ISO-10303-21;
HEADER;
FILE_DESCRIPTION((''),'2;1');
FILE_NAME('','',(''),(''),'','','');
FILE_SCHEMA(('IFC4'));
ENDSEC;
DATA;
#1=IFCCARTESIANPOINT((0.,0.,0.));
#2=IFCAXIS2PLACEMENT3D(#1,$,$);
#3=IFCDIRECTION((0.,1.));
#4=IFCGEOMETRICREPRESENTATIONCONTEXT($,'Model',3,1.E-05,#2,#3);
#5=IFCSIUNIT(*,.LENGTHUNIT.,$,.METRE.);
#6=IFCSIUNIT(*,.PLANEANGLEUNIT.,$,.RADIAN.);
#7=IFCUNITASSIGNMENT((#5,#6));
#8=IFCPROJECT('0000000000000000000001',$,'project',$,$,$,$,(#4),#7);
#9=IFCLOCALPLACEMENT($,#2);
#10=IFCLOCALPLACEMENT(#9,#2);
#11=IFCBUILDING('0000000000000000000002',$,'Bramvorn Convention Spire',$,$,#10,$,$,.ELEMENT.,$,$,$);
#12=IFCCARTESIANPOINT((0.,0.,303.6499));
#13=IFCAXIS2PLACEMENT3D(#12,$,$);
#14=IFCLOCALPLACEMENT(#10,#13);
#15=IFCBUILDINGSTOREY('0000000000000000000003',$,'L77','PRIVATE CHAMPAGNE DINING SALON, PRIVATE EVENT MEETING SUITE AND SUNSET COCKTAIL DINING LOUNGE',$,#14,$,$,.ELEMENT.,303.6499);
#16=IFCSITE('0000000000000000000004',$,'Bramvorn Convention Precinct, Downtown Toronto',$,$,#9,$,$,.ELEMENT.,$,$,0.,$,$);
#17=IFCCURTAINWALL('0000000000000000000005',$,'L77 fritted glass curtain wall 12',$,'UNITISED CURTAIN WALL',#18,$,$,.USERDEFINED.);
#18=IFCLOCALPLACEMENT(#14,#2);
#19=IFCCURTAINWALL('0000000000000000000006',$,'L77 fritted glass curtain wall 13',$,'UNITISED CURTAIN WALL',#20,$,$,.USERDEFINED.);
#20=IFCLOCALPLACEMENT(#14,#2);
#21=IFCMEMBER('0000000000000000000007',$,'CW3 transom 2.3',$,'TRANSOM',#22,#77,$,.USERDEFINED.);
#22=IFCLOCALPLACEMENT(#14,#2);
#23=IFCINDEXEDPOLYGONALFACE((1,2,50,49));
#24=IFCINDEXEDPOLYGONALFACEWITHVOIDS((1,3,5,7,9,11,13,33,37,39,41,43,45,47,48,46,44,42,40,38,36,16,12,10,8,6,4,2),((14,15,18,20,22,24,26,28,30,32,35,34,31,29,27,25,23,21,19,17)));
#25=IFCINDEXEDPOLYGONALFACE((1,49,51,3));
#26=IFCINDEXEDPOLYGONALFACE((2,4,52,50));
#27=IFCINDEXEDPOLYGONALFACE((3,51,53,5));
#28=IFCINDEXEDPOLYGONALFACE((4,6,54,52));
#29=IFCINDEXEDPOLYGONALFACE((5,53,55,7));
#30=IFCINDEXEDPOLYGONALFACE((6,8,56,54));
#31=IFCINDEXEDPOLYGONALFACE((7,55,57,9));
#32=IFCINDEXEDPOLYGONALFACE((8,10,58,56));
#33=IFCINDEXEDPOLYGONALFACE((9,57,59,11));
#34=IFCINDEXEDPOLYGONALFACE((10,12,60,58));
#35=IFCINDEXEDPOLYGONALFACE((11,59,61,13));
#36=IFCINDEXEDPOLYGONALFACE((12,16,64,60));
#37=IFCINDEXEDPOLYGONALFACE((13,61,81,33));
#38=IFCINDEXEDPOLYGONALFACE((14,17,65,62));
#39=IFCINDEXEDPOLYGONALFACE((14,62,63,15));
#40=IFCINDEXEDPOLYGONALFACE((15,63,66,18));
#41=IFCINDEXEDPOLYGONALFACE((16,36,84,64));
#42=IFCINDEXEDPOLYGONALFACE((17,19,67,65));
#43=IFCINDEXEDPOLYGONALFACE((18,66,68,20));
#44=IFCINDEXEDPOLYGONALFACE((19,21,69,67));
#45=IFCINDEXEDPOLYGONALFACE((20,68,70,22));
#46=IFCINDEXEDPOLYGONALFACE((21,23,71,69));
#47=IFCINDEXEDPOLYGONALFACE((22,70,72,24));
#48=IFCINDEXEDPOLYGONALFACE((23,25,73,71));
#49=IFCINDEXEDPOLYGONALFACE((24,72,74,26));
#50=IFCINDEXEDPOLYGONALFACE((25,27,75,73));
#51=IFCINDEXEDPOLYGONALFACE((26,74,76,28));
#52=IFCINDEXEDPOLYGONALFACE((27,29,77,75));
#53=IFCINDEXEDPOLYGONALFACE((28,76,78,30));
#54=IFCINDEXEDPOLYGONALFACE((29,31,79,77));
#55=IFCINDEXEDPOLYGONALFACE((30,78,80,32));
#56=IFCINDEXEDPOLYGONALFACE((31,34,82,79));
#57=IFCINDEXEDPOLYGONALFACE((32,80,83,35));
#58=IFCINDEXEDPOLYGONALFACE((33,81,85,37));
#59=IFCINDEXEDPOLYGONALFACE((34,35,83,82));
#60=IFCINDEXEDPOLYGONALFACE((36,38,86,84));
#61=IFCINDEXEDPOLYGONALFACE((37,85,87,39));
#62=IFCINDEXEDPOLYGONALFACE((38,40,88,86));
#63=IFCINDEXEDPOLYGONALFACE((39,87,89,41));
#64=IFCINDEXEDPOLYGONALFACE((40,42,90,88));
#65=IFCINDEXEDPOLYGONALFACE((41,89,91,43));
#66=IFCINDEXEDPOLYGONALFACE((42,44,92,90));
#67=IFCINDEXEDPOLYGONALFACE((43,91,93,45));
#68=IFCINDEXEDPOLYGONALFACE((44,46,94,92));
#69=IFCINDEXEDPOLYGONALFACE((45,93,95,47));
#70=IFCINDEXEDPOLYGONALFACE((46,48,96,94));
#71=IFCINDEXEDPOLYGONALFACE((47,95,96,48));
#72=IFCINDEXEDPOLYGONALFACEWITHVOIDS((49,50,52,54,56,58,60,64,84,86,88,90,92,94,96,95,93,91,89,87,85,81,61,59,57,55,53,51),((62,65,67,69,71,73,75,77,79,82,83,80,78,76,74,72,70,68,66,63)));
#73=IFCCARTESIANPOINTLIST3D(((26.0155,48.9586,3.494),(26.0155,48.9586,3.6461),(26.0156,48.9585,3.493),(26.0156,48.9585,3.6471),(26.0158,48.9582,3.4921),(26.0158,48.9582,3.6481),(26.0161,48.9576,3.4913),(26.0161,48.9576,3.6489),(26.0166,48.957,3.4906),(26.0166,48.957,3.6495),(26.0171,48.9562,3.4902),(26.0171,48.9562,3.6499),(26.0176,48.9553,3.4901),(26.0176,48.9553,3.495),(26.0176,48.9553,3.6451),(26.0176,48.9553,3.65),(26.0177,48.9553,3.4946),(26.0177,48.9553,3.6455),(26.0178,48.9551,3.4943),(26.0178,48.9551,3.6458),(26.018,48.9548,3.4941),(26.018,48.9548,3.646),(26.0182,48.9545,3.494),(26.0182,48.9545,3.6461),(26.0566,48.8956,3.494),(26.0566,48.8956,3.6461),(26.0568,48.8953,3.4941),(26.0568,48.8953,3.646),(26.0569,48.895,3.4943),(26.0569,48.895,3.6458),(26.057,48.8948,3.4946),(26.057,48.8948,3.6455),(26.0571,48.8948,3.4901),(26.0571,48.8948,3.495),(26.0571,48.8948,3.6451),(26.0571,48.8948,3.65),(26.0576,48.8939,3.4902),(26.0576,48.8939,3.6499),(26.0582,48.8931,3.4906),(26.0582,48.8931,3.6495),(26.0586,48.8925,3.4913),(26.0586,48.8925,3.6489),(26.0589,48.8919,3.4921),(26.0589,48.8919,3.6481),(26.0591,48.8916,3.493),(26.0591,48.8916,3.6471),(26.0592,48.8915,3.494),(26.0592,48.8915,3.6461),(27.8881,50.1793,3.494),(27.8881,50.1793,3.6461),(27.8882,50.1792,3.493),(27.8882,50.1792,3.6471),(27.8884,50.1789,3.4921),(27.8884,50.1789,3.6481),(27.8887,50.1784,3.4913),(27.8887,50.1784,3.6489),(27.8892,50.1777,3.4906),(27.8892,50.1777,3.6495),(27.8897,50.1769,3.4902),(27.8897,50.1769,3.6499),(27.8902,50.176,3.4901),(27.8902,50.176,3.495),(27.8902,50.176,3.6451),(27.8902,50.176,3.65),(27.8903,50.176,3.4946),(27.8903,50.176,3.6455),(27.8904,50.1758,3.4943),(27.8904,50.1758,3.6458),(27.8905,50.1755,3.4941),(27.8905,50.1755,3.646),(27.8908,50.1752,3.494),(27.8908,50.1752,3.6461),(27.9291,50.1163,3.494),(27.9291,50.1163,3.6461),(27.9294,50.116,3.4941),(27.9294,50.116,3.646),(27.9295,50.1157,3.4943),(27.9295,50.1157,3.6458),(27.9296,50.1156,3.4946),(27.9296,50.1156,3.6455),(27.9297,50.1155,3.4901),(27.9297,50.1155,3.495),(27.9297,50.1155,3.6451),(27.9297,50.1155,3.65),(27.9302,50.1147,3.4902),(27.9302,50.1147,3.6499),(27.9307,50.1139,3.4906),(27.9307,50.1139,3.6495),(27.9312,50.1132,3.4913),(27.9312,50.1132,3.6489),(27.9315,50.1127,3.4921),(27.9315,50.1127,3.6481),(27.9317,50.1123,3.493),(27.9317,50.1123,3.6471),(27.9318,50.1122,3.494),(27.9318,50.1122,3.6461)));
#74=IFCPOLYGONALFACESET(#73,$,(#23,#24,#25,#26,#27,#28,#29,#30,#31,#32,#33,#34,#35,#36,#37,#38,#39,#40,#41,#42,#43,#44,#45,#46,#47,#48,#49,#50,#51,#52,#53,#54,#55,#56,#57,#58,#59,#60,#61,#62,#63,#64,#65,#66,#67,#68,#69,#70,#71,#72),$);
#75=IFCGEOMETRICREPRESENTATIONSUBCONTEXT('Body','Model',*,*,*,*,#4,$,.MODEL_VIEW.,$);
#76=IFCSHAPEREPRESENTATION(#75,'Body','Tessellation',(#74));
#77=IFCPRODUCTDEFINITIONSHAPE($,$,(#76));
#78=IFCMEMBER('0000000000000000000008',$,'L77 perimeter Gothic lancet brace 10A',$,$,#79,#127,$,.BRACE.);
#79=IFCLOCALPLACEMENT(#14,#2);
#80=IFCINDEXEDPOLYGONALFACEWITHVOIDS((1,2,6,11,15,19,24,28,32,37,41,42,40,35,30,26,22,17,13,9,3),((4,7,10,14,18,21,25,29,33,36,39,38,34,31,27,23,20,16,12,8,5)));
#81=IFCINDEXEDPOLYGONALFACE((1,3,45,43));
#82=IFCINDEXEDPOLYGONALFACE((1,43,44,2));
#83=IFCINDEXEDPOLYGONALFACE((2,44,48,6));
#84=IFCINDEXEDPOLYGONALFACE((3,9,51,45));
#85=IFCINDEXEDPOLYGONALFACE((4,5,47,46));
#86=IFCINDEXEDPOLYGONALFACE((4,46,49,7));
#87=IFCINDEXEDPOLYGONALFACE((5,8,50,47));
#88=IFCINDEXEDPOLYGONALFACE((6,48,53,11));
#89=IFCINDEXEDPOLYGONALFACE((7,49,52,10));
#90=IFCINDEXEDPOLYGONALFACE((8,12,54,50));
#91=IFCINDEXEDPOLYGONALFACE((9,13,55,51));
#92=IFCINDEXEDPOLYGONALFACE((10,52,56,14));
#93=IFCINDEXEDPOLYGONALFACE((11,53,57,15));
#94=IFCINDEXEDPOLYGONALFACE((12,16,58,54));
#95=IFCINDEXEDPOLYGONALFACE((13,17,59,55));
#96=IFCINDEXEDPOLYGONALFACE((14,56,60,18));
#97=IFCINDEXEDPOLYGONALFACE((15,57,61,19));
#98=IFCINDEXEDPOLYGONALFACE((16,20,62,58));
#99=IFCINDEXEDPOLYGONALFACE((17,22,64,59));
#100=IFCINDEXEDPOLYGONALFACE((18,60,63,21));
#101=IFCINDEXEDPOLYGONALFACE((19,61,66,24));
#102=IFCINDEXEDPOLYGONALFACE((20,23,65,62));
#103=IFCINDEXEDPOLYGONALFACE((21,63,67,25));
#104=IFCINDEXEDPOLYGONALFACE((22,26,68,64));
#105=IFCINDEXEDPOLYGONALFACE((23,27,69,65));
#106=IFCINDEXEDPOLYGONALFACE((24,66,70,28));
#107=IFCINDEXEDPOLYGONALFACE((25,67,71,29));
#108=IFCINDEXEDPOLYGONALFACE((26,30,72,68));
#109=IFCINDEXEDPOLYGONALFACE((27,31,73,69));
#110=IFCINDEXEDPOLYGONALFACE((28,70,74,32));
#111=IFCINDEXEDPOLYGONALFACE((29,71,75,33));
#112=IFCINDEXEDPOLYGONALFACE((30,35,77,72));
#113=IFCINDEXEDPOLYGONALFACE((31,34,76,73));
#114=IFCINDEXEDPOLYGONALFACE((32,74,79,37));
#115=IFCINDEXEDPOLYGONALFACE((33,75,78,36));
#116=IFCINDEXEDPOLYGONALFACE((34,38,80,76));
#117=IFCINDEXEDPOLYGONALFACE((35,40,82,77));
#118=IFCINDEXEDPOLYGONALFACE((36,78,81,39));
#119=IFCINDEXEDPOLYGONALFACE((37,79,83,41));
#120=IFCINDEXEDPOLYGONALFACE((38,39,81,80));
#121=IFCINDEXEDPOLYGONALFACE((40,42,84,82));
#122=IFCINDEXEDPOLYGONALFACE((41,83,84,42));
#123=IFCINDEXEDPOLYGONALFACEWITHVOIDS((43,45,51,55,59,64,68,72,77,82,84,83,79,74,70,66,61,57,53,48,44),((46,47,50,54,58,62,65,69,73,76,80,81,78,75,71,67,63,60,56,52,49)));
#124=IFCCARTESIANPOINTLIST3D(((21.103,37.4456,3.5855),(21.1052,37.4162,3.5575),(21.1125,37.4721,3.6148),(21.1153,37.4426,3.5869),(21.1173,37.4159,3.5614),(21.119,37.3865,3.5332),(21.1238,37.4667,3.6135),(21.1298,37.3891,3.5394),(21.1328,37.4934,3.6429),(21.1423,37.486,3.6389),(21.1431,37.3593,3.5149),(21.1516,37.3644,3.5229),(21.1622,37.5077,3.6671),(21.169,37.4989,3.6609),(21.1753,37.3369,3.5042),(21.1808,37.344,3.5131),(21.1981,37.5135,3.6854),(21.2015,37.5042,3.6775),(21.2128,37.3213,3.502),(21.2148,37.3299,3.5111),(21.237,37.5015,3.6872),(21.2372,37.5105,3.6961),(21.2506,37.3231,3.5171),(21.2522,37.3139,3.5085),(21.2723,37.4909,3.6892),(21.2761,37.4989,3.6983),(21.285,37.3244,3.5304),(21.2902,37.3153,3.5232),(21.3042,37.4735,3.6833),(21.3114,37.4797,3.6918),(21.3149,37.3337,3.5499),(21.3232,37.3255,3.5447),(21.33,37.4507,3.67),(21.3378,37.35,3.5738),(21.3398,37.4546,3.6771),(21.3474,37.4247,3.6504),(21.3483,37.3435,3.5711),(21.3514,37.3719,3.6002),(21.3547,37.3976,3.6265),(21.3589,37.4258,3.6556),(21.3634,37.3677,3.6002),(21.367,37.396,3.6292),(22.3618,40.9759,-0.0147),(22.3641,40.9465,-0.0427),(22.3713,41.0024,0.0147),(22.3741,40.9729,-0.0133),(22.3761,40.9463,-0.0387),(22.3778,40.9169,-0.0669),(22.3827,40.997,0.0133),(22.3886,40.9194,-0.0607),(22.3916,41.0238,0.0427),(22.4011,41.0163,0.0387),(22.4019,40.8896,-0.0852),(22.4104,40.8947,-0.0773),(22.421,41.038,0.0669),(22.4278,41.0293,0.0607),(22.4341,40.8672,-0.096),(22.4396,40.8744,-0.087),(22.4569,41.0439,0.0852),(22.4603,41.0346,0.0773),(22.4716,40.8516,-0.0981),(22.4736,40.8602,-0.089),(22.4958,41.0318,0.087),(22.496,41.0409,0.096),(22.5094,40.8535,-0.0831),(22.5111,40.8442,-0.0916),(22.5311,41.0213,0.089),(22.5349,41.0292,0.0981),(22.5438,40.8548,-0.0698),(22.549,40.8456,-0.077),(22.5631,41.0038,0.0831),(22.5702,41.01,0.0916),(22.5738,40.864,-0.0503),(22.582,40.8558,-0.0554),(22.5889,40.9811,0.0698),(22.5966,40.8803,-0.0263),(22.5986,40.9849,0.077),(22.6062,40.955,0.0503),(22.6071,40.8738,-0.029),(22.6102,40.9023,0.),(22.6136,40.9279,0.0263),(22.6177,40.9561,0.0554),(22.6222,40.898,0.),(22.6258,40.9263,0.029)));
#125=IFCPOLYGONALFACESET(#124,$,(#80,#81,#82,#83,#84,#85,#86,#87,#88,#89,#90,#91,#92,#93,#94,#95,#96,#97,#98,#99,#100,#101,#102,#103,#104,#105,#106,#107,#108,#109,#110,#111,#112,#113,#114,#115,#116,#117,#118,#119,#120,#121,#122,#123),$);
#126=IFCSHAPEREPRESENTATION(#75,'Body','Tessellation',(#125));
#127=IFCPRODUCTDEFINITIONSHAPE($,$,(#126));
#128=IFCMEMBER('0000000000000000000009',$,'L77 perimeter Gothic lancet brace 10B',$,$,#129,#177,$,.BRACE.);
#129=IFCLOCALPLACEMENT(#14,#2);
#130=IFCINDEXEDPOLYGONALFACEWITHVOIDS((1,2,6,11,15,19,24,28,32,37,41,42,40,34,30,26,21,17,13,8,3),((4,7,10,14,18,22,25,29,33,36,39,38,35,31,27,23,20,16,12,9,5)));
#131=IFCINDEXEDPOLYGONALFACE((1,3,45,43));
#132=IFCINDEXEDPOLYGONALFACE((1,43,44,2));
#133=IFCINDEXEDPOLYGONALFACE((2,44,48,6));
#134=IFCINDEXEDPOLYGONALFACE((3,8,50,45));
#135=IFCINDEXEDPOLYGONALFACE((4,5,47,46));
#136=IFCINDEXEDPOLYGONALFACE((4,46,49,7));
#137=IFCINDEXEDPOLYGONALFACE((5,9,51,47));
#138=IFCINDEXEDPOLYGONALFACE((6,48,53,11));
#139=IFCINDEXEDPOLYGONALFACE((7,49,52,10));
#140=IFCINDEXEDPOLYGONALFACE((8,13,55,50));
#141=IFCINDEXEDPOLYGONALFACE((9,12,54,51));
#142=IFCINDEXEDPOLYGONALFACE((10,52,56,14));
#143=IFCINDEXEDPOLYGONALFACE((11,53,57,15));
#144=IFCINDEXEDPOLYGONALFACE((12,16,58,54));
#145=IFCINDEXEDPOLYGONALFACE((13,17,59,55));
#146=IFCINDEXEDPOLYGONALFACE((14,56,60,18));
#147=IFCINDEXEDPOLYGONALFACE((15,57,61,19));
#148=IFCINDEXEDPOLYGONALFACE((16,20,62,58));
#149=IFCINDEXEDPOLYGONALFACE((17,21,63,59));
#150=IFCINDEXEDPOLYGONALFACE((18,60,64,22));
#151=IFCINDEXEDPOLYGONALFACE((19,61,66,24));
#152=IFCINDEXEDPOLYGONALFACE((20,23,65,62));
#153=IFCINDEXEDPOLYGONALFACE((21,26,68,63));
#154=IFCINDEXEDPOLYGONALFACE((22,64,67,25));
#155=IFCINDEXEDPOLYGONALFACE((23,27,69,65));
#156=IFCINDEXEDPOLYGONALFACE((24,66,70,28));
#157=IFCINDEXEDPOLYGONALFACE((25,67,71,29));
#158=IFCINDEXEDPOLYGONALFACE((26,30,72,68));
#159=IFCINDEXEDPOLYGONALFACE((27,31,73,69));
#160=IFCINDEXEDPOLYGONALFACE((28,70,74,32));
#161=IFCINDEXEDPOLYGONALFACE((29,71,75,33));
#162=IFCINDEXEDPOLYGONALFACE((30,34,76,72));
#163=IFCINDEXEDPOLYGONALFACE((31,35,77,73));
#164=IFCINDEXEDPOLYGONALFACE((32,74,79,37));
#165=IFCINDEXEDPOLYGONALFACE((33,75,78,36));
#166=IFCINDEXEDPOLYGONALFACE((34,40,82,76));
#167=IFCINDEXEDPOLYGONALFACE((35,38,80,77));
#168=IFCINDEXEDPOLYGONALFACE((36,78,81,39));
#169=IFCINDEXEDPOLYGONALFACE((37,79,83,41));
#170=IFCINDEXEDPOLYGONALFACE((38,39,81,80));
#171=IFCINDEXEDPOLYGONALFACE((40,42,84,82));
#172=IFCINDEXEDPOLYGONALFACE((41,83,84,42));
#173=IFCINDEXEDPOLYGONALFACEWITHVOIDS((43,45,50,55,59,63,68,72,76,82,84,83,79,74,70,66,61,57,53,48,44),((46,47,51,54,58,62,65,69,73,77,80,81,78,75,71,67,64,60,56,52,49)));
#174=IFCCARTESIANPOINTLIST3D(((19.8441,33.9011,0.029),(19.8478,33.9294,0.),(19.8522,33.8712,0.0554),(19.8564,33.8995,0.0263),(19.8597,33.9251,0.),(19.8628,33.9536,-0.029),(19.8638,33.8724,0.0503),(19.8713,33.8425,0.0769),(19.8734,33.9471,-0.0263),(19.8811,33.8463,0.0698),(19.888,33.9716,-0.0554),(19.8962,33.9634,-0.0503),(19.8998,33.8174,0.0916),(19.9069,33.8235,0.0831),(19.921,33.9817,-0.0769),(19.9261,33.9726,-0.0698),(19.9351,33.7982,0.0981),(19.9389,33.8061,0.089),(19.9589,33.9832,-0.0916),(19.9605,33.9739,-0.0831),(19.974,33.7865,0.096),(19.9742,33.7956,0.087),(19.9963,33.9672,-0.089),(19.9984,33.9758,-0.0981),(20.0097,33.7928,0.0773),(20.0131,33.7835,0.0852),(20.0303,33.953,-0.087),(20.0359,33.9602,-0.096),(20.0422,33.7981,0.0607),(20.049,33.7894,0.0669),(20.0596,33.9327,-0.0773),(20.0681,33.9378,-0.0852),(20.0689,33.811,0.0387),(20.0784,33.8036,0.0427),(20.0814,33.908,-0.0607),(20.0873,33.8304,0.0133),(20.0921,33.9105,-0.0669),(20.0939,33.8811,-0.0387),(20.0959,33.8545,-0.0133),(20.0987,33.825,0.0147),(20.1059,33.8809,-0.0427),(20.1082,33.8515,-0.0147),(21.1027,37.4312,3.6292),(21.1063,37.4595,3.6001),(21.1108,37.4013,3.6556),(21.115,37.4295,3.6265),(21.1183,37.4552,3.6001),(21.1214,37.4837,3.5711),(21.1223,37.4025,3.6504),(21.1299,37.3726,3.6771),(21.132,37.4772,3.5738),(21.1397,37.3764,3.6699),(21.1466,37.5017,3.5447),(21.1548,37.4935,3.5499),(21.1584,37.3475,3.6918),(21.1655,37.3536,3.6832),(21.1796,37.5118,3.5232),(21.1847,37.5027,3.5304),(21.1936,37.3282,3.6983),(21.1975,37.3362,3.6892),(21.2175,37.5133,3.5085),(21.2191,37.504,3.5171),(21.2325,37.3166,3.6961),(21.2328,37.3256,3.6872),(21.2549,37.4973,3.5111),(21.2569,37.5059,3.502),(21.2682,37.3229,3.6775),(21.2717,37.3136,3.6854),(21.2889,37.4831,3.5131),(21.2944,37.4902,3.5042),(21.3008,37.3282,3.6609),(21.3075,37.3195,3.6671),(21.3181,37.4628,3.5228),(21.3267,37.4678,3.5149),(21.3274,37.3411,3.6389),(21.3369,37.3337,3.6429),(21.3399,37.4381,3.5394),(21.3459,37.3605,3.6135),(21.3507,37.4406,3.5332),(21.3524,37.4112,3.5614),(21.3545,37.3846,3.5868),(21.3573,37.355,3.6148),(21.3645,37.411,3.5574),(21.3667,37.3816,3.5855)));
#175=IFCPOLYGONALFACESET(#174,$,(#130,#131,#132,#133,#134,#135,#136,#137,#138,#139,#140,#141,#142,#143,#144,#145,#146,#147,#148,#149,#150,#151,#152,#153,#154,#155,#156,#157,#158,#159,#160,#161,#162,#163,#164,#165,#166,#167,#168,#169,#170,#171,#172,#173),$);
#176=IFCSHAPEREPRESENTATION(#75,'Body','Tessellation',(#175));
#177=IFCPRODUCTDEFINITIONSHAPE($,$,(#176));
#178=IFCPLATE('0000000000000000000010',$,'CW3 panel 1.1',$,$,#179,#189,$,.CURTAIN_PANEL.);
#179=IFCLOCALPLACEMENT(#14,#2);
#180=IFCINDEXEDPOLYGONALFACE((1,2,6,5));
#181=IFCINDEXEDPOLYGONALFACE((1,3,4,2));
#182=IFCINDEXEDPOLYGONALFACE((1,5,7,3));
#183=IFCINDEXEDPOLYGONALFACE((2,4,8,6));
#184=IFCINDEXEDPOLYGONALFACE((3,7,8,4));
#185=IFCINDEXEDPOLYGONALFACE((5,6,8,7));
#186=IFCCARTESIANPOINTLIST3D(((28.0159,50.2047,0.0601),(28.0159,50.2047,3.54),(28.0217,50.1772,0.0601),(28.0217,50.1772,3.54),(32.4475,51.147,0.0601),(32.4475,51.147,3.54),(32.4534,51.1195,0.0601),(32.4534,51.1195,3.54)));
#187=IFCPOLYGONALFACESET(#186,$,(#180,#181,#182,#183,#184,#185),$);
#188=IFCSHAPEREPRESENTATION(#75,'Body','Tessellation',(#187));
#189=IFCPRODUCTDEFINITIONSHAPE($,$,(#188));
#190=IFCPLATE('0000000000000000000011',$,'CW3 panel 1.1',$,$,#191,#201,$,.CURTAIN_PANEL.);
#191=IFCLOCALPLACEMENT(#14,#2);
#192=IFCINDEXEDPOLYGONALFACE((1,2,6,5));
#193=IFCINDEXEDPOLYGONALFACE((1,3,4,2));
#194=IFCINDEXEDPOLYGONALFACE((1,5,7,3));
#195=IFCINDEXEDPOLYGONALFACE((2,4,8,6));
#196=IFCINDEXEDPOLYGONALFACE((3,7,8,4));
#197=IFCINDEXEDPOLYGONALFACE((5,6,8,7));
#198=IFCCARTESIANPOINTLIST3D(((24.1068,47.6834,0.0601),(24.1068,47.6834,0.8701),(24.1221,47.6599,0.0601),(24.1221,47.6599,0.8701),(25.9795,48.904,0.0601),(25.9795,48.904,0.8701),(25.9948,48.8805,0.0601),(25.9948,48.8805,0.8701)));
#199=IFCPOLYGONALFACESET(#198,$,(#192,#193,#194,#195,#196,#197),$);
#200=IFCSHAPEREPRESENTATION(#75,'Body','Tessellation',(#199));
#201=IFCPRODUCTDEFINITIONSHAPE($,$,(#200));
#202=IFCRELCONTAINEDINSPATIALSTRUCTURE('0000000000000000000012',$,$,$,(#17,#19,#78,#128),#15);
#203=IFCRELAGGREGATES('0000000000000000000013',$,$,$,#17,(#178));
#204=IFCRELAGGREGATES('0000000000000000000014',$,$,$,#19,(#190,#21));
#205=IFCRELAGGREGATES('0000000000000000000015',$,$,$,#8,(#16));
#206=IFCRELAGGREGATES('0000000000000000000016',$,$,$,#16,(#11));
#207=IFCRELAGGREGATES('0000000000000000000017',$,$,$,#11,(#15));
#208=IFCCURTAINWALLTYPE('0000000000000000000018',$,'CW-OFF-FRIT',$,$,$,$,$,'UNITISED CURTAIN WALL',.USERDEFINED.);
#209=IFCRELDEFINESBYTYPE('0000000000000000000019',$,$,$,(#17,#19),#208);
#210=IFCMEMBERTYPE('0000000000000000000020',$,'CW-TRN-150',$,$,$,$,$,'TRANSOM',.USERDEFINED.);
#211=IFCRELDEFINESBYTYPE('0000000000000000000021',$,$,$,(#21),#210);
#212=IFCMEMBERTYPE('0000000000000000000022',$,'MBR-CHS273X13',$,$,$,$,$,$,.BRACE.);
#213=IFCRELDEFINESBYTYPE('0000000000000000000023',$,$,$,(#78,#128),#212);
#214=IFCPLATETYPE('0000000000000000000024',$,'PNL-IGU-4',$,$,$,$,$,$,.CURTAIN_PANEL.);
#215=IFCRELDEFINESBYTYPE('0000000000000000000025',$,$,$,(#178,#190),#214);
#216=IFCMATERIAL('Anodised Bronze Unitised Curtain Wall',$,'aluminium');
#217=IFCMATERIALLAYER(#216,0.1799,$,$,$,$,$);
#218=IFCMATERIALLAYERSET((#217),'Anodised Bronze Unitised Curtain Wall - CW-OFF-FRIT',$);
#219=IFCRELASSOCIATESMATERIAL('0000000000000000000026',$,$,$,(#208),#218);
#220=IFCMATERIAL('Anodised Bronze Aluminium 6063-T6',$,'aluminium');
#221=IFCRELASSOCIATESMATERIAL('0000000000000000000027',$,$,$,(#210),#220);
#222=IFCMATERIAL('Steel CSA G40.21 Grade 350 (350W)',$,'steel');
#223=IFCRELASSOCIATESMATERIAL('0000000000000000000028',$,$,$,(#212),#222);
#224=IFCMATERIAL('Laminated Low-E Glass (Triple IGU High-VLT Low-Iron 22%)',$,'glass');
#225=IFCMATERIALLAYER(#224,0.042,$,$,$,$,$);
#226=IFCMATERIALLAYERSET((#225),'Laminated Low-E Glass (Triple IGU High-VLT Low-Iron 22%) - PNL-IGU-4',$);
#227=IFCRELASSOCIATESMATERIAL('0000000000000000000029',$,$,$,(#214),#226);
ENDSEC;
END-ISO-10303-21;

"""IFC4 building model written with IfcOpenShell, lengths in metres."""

from ifc_helpers import new_model, si_unit, direction, frame, origin, origin_2d, place, context, subcontext, project, spatial, rectangle, hollow_rectangle, hollow_circle, extrude, material, layer, layer_set, material_profile, profile_set, type_object, element, aggregate, save


model = new_model("IFC4")

# Units and contexts
model_context = context("Model", 3, precision=1e-05, world=origin(), true_north=direction((0.0, 1.0)))
body_context = subcontext(model_context, "Body", "Model", "MODEL_VIEW")
ifc_project = project(units=[si_unit("LENGTHUNIT", "METRE"), si_unit("PLANEANGLEUNIT", "RADIAN")], contexts=[model_context])

# Site, building, storey
site_placement = place(None, origin())
site = spatial("IfcSite", under=ifc_project, at=site_placement, Name="Bramvorn Convention Precinct, Downtown Toronto", CompositionType="ELEMENT", RefElevation=0.0)
building_placement = place(site_placement, origin())
building = spatial("IfcBuilding", under=site, at=building_placement, Name="Bramvorn Convention Spire", CompositionType="ELEMENT")
storey_placement = place(building_placement, frame((0.0, 0.0, 303.6499)))
storey = spatial("IfcBuildingStorey", under=building, at=storey_placement, Name="L77", Description="PRIVATE CHAMPAGNE DINING SALON, PRIVATE EVENT MEETING SUITE AND SUNSET COCKTAIL DINING LOUNGE", CompositionType="ELEMENT", Elevation=303.6499)

# Shared definitions
ifc_material_1 = material(Name="Steel CSA G40.21 Grade 350 (350W)", Category="steel")

# Curtain walls
ifc_material_2 = material(Name="Anodised Bronze Unitised Curtain Wall", Category="aluminium")
ifc_layer_1 = layer(ifc_material_2, 0.1799)
ifc_layer_set_1 = layer_set([ifc_layer_1], Name="Anodised Bronze Unitised Curtain Wall - CW-OFF-FRIT")
curtain_wall_type = type_object("IfcCurtainWallType", Name="CW-OFF-FRIT", ElementType="UNITISED CURTAIN WALL", PredefinedType="USERDEFINED", material=ifc_layer_set_1)
curtain_wall_1_placement = place(storey_placement, origin())
curtain_wall_1 = element("IfcCurtainWall", 1, at=curtain_wall_1_placement, inside=storey, type_object=curtain_wall_type, Name="L77 fritted glass curtain wall 12", ObjectType="UNITISED CURTAIN WALL", PredefinedType="USERDEFINED")
ifc_material_3 = material(Name="Anodised Bronze Aluminium 6063-T6", Category="aluminium")
curtain_wall_2_placement = place(storey_placement, origin())
curtain_wall_2 = element("IfcCurtainWall", 2, at=curtain_wall_2_placement, inside=storey, type_object=curtain_wall_type, Name="L77 fritted glass curtain wall 13", ObjectType="UNITISED CURTAIN WALL", PredefinedType="USERDEFINED")

# Member
ifc_material_profile_1 = material_profile(ifc_material_3, hollow_rectangle(XDim=0.0801, YDim=0.1599, WallThickness=0.0039, InnerFilletRadius=0.001, OuterFilletRadius=0.0039, at=origin_2d()))
ifc_profile_set_1 = profile_set([ifc_material_profile_1], Name="Anodised Bronze Aluminium 6063-T6 - CWT80X160")
member_type_1 = type_object("IfcMemberType", Name="CW-TRN-150", ElementType="TRANSOM", PredefinedType="USERDEFINED", material=ifc_profile_set_1)
member_1_placement = place(storey_placement, frame((26.0374, 48.925, 3.5701), z_axis=(0.837719, 0.546101, 0.0), x_axis=(-0.546101, 0.837719, 0.0)))
member_1 = element("IfcMember", 3, at=member_1_placement, type_object=member_type_1, Name="CW3 transom 2.3", ObjectType="TRANSOM", PredefinedType="USERDEFINED", context=body_context, shape_type="SweptSolid", body=[
    extrude(hollow_rectangle(XDim=0.0801, YDim=0.1599, WallThickness=0.0039, InnerFilletRadius=0.001, OuterFilletRadius=0.0039, at=origin_2d()), origin(), (0.0, 0.0, 1.0), 2.2354),
])

# Members
ifc_material_profile_2 = material_profile(ifc_material_1, hollow_circle(Radius=0.1365, WallThickness=0.0127, at=origin_2d()))
ifc_profile_set_2 = profile_set([ifc_material_profile_2], Name="Steel CSA G40.21 Grade 350 (350W) - CHS273X13")
member_type_2 = type_object("IfcMemberType", Name="MBR-CHS273X13", PredefinedType="BRACE", material=ifc_profile_set_2)
member_2_placement = place(storey_placement, frame((22.4937, 40.9438, 0.0), z_axis=(-0.242218, -0.6793, 0.692735), x_axis=(0.941913, -0.335858, 0.0)))
element("IfcMember", 4, at=member_2_placement, inside=storey, type_object=member_type_2, Name="L77 perimeter Gothic lancet brace 10A", PredefinedType="BRACE", context=body_context, shape_type="SweptSolid", body=[
    extrude(hollow_circle(Radius=0.1365, WallThickness=0.0127, at=origin_2d()), origin(), (0.0, 0.0, 1.0), 5.197),
])
member_3_placement = place(storey_placement, frame((19.9763, 33.8835, 0.0), z_axis=(0.242181, 0.679282, 0.692765), x_axis=(-0.941926, 0.33582, 0.0)))
element("IfcMember", 5, at=member_3_placement, inside=storey, type_object=member_type_2, Name="L77 perimeter Gothic lancet brace 10B", PredefinedType="BRACE", context=body_context, shape_type="SweptSolid", body=[
    extrude(hollow_circle(Radius=0.1365, WallThickness=0.0127, at=origin_2d()), origin(), (0.0, 0.0, 1.0), 5.1968),
])

# Plates
ifc_material_4 = material(Name="Laminated Low-E Glass (Triple IGU High-VLT Low-Iron 22%)", Category="glass")
ifc_layer_2 = layer(ifc_material_4, 0.042)
ifc_layer_set_2 = layer_set([ifc_layer_2], Name="Laminated Low-E Glass (Triple IGU High-VLT Low-Iron 22%) - PNL-IGU-4")
plate_type = type_object("IfcPlateType", Name="PNL-IGU-4", PredefinedType="CURTAIN_PANEL", material=ifc_layer_set_2)
plate_1_placement = place(storey_placement, frame((30.2346, 50.6621, 0.0601), z_axis=(0.0, 0.0, 1.0), x_axis=(0.978135, 0.207969, 0.0)))
plate_1 = element("IfcPlate", 6, at=plate_1_placement, type_object=plate_type, Name="CW3 panel 1.1", PredefinedType="CURTAIN_PANEL", context=body_context, shape_type="SweptSolid", body=[
    extrude(rectangle(XDim=4.5308, YDim=0.0281, at=origin_2d()), origin(), (0.0, 0.0, 1.0), 3.48),
])
aggregate(curtain_wall_1, [plate_1])
plate_2_placement = place(storey_placement, frame((25.0508, 48.282, 0.0601), z_axis=(0.0, 0.0, 1.0), x_axis=(0.837755, 0.546046, 0.0)))
plate_2 = element("IfcPlate", 7, at=plate_2_placement, type_object=plate_type, Name="CW3 panel 1.1", PredefinedType="CURTAIN_PANEL", context=body_context, shape_type="SweptSolid", body=[
    extrude(rectangle(XDim=2.2354, YDim=0.0281, at=origin_2d()), origin(), (0.0, 0.0, 1.0), 0.8101),
])
aggregate(curtain_wall_2, [plate_2, member_1])

save(model, "model.ifc")
